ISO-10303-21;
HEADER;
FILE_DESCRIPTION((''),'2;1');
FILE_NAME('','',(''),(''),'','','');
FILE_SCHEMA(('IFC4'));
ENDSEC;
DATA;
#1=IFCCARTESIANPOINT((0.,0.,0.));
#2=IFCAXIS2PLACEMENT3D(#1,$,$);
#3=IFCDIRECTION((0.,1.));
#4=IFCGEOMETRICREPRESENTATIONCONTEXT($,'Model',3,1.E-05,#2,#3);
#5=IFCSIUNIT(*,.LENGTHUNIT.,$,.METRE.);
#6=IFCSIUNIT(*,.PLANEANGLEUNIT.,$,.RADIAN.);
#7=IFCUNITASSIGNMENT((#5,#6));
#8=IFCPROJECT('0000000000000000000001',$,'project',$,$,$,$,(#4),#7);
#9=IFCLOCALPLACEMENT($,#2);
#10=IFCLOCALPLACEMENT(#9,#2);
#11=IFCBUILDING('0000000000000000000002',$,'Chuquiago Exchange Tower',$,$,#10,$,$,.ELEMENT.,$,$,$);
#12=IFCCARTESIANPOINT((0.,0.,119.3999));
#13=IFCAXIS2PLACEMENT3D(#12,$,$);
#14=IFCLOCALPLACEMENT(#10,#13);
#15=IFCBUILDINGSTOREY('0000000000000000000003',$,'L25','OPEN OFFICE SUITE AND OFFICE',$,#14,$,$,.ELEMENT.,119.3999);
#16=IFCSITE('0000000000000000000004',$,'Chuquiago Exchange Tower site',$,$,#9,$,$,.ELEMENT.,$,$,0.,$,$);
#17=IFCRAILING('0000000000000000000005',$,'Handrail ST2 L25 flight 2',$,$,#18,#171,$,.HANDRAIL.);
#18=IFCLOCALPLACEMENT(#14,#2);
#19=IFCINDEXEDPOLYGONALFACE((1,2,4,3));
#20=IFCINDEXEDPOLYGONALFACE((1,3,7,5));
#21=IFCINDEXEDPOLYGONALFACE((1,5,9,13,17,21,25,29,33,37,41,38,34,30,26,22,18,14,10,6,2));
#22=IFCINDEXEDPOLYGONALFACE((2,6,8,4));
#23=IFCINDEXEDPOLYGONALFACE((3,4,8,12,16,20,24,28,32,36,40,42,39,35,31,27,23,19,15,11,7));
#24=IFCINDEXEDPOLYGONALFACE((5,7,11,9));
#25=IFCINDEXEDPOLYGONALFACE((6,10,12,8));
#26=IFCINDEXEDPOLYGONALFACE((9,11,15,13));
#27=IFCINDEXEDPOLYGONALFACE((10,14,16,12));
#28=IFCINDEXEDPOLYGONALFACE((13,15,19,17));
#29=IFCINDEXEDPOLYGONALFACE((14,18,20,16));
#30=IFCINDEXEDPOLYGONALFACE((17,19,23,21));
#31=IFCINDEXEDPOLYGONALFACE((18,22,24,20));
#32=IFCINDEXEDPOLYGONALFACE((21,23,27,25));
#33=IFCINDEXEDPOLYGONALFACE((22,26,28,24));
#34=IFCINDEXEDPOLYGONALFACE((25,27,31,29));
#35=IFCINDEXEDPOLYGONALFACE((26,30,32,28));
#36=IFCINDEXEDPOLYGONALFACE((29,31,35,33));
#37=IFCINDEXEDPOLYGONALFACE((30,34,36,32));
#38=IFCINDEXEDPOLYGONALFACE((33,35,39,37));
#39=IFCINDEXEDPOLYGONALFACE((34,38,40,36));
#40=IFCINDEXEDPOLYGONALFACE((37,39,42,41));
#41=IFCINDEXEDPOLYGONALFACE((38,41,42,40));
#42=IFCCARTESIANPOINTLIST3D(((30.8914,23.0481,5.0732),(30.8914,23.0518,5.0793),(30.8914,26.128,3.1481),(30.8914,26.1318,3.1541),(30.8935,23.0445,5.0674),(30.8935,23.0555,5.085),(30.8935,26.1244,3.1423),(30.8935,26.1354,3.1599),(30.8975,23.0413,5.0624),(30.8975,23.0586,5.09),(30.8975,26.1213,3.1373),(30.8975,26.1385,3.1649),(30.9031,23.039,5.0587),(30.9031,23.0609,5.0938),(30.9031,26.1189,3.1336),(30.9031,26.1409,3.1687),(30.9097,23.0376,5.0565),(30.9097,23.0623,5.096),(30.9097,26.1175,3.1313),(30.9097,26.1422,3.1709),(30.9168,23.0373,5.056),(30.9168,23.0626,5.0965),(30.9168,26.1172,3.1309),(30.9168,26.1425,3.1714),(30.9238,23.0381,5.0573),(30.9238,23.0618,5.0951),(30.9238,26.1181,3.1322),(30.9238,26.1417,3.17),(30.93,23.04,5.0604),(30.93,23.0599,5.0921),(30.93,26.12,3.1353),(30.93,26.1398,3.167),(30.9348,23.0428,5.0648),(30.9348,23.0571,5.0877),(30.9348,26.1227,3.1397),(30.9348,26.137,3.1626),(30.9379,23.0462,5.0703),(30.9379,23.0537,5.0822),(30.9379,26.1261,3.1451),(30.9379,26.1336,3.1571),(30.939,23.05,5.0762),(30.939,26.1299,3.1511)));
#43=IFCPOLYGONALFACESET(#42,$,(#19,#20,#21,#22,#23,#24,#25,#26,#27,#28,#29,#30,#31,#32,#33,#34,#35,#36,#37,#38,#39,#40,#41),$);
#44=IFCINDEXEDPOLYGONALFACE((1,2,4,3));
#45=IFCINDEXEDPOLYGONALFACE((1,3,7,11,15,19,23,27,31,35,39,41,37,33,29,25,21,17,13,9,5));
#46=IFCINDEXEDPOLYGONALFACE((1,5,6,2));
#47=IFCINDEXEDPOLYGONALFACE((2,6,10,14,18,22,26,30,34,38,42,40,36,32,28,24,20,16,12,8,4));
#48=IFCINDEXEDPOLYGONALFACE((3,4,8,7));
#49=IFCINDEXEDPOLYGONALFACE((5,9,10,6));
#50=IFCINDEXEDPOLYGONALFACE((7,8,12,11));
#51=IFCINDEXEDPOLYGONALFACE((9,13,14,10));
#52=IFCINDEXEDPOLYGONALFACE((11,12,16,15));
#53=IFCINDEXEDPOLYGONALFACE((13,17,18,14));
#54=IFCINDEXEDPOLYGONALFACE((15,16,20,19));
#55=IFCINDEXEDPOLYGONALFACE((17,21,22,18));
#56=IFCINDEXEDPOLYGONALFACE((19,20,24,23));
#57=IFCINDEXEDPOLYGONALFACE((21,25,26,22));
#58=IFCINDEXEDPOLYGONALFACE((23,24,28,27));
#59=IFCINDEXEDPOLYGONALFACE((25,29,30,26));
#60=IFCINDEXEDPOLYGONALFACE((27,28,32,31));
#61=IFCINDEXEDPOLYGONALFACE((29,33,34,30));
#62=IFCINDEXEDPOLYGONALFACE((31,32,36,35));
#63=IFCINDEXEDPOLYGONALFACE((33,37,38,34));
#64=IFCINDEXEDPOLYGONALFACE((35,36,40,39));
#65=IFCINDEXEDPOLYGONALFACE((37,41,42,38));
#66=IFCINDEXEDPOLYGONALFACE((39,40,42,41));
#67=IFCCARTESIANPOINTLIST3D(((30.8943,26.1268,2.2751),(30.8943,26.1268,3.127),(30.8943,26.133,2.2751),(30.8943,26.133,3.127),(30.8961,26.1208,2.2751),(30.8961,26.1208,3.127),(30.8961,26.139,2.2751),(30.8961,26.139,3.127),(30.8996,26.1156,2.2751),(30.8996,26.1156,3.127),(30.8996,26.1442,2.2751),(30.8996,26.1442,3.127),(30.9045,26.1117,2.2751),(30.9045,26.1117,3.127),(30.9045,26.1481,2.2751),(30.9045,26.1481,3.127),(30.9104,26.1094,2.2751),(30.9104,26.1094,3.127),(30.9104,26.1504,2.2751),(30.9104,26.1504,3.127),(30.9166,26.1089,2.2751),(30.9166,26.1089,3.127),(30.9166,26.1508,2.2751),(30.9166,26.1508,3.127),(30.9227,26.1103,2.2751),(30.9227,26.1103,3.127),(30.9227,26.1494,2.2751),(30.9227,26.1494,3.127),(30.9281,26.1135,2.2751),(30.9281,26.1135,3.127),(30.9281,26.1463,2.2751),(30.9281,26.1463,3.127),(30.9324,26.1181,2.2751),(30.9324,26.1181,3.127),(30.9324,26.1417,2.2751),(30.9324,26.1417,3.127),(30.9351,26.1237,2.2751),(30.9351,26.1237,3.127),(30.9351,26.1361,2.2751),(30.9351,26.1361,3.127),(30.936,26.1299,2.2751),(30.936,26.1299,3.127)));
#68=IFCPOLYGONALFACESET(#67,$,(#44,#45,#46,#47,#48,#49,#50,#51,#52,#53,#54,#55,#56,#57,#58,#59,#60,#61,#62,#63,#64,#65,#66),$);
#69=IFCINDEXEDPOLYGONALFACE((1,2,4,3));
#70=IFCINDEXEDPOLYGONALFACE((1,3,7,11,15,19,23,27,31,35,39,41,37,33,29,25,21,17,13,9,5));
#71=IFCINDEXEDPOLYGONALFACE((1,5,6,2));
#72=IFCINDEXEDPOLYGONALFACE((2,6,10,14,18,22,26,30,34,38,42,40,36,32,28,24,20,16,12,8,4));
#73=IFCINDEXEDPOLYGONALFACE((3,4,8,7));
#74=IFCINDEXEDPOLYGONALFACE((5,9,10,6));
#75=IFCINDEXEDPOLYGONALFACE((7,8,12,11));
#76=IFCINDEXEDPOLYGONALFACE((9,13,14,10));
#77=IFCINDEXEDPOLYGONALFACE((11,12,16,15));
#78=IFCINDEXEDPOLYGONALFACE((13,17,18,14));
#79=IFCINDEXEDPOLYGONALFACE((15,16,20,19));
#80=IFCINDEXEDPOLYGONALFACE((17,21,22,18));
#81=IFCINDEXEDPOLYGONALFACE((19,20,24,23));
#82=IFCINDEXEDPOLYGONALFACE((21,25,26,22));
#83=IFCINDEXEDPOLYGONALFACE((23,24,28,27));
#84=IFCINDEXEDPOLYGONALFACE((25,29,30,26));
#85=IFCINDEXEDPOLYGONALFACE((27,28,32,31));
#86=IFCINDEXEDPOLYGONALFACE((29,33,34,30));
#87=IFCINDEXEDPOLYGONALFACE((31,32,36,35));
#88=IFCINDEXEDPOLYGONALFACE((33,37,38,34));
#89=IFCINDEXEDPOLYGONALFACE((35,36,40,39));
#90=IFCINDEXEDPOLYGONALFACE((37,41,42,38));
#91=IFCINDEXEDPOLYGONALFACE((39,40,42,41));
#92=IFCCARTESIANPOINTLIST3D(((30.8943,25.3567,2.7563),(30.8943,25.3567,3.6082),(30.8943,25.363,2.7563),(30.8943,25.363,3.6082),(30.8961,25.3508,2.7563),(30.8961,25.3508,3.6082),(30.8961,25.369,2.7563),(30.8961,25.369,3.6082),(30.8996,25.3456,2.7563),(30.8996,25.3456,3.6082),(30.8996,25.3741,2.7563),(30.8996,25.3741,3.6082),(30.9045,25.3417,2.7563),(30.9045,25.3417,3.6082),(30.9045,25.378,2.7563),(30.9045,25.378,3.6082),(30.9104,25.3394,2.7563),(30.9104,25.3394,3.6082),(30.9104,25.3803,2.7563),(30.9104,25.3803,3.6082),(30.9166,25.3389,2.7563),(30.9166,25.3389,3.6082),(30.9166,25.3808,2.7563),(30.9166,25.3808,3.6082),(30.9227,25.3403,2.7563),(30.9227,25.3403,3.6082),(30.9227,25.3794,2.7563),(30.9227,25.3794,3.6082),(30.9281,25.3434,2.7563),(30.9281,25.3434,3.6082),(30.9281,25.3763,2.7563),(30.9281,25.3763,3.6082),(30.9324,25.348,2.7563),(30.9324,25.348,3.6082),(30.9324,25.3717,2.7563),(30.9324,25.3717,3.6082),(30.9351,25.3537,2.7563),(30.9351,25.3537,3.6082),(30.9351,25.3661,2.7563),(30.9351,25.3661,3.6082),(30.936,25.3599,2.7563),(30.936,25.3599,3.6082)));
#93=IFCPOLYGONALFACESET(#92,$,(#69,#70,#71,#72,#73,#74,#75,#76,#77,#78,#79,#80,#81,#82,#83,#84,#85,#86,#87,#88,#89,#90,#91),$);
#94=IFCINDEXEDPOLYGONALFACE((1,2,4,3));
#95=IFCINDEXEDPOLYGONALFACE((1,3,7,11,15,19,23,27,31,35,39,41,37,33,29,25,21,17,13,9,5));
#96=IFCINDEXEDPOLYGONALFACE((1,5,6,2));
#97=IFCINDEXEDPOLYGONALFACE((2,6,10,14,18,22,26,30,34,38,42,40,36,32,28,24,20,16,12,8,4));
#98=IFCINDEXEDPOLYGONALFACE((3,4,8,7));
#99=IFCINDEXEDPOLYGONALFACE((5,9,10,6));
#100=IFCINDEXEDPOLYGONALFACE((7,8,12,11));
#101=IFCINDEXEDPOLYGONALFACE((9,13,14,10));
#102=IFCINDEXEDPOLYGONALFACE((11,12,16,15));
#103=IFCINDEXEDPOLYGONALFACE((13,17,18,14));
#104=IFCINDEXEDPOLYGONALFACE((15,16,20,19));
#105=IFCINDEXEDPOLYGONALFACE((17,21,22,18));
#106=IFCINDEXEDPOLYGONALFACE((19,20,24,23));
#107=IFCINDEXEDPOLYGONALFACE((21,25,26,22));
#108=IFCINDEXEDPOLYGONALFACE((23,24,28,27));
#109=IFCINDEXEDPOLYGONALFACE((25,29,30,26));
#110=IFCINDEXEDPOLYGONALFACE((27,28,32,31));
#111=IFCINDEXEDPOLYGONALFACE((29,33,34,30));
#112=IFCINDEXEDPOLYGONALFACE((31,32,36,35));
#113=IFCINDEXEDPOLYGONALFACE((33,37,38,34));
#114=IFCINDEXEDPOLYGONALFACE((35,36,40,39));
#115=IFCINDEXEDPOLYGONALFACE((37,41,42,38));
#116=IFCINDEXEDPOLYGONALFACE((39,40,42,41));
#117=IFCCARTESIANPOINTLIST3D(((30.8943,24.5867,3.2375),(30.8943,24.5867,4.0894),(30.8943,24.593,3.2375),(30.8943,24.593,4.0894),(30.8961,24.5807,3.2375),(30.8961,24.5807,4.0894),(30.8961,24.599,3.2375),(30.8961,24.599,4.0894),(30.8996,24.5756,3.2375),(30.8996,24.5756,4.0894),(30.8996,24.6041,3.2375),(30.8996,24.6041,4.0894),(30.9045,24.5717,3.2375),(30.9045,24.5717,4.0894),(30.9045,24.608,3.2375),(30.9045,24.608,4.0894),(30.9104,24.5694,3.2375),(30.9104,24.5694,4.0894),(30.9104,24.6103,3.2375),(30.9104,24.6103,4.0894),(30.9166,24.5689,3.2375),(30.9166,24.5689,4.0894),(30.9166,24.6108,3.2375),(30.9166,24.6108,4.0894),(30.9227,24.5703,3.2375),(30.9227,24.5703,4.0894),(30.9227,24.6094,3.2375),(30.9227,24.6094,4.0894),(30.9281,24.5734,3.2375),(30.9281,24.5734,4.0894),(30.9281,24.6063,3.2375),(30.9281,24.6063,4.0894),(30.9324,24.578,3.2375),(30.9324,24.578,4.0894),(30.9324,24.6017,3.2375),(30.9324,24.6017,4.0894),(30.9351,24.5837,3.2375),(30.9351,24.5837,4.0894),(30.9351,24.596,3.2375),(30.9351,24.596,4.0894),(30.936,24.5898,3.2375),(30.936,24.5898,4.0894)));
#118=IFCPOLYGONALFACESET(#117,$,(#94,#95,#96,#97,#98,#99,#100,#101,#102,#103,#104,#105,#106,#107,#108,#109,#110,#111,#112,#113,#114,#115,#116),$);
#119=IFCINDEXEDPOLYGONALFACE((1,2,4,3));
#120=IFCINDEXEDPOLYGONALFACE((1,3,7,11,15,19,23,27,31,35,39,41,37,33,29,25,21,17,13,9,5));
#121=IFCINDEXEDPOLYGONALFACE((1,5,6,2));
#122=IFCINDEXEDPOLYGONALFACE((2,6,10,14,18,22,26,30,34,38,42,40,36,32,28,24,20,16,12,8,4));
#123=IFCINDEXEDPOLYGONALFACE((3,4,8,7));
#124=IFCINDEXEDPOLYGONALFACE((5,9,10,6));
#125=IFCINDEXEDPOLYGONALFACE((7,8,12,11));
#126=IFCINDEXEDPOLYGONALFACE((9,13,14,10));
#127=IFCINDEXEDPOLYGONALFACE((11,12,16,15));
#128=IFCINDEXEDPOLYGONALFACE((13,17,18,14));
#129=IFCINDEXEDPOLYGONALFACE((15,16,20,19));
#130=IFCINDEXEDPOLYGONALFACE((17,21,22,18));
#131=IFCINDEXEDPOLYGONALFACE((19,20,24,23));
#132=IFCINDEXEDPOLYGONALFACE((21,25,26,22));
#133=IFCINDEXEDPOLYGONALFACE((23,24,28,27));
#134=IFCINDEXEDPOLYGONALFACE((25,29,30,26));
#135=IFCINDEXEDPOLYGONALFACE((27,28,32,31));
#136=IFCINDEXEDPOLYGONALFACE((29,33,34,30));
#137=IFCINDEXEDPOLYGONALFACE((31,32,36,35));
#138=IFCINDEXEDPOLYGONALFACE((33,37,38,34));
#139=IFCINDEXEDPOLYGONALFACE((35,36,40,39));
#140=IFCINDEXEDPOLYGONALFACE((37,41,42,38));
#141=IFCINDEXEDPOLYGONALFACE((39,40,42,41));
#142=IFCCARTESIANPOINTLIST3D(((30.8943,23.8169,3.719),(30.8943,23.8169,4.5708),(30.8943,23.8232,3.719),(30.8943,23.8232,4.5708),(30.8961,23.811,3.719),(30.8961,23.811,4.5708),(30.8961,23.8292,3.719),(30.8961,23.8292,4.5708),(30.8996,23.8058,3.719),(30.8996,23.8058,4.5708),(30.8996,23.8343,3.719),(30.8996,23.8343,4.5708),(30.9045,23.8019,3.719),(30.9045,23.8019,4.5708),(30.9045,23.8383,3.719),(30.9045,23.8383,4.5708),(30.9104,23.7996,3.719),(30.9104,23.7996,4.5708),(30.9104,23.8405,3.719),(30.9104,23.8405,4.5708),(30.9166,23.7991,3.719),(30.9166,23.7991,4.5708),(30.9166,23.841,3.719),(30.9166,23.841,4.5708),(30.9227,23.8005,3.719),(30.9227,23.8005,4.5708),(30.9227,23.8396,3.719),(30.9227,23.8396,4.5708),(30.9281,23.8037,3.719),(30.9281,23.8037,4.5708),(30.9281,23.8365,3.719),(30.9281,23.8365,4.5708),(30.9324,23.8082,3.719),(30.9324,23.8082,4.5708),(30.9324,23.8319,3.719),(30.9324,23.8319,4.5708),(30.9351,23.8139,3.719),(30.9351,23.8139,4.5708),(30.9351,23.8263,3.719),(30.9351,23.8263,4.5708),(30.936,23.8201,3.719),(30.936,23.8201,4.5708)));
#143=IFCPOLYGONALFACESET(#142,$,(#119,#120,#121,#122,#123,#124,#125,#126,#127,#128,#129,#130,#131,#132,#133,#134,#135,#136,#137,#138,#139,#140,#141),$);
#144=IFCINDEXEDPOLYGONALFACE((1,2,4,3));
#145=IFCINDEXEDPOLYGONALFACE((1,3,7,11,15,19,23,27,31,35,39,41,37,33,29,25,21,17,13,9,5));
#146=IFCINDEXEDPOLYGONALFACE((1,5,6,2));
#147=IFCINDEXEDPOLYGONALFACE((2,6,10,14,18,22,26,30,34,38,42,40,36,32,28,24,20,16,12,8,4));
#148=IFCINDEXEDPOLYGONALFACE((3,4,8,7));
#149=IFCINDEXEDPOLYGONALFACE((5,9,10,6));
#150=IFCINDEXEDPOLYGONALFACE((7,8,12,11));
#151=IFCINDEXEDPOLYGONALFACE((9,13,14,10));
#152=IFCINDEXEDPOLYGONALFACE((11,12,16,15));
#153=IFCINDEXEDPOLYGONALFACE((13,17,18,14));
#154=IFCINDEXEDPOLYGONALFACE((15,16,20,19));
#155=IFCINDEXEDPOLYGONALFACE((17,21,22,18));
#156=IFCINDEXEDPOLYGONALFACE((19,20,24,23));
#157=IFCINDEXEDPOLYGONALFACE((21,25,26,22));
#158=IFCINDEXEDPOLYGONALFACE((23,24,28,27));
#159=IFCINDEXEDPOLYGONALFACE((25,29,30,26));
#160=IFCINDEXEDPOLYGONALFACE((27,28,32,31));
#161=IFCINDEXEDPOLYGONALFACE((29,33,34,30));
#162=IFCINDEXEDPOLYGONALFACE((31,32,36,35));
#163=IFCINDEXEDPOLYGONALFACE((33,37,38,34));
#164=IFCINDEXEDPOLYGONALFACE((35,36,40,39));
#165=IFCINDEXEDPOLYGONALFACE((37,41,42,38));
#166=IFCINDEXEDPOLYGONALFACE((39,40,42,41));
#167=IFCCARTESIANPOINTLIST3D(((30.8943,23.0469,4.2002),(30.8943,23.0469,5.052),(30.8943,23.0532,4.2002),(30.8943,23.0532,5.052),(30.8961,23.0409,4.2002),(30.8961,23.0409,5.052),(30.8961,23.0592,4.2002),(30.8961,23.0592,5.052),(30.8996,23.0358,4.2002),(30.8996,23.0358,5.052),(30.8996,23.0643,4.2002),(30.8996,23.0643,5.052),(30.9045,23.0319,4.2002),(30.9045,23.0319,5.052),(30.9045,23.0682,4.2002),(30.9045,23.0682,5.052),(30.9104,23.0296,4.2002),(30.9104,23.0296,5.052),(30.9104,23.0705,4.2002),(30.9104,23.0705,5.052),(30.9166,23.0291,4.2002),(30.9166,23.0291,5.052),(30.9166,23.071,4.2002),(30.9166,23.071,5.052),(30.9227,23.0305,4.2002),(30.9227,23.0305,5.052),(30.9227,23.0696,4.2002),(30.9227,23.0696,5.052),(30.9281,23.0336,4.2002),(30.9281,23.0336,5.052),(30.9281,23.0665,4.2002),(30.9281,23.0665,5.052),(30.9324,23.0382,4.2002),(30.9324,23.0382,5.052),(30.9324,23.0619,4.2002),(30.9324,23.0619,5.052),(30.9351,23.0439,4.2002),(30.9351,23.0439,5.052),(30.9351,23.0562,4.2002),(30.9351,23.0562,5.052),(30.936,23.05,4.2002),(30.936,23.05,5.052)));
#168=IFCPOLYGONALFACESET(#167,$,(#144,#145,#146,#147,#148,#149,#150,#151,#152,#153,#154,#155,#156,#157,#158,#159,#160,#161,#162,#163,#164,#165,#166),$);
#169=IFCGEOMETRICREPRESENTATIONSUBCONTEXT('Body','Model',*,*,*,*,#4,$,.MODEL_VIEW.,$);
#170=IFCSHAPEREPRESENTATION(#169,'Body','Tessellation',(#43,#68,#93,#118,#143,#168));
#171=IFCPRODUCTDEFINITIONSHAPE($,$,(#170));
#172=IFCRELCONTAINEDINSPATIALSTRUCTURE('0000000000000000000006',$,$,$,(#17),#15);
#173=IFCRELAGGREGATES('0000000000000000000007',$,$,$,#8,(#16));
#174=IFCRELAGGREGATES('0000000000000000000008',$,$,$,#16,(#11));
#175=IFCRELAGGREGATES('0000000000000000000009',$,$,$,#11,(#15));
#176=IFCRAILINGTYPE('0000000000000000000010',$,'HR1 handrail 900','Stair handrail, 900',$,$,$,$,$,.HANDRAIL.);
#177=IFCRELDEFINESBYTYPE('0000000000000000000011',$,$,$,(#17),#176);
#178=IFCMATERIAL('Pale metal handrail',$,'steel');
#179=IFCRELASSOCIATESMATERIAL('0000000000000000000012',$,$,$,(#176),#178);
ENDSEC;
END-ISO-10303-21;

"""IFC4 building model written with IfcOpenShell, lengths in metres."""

from ifc_helpers import new_model, si_unit, direction, frame, origin, origin_2d, place, context, subcontext, project, spatial, circle, extrude, material, type_object, element, save


model = new_model("IFC4")

# Units and contexts
model_context = context("Model", 3, precision=1e-05, world=origin(), true_north=direction((0.0, 1.0)))
body_context = subcontext(model_context, "Body", "Model", "MODEL_VIEW")
ifc_project = project(units=[si_unit("LENGTHUNIT", "METRE"), si_unit("PLANEANGLEUNIT", "RADIAN")], contexts=[model_context])

# Site, building, storey
site_placement = place(None, origin())
site = spatial("IfcSite", under=ifc_project, at=site_placement, Name="Chuquiago Exchange Tower site", CompositionType="ELEMENT", RefElevation=0.0)
building_placement = place(site_placement, origin())
building = spatial("IfcBuilding", under=site, at=building_placement, Name="Chuquiago Exchange Tower", CompositionType="ELEMENT")
storey_placement = place(building_placement, frame((0.0, 0.0, 119.3999)))
storey = spatial("IfcBuildingStorey", under=building, at=storey_placement, Name="L25", Description="OPEN OFFICE SUITE AND OFFICE", CompositionType="ELEMENT", Elevation=119.3999)

# Railing
ifc_material_1 = material(Name="Pale metal handrail", Category="steel")
railing_type_1 = type_object("IfcRailingType", Name="HR1 handrail 900", Description="Stair handrail, 900", PredefinedType="HANDRAIL", material=ifc_material_1)
railing_1_placement = place(storey_placement, frame((30.915, 26.1299, 2.2751)))
element("IfcRailing", 1, at=railing_1_placement, inside=storey, type_object=railing_type_1, Name="Handrail ST2 L25 flight 2", PredefinedType="HANDRAIL", context=body_context, shape_type="SweptSolid", body=[
    extrude(circle(Radius=0.0239, at=origin_2d()), frame((0.0, 0.0, 0.876), z_axis=(0.0, -0.847979, 0.530029), x_axis=(1.0, 0.0, 0.0)), (0.0, 0.0, 1.0), 3.6321),
    extrude(circle(Radius=0.021, at=origin_2d()), origin(), (0.0, 0.0, 1.0), 0.8518),
    extrude(circle(Radius=0.021, at=origin_2d()), frame((0.0, -0.77, 0.4812)), (0.0, 0.0, 1.0), 0.8518),
    extrude(circle(Radius=0.021, at=origin_2d()), frame((0.0, -1.54, 0.9624)), (0.0, 0.0, 1.0), 0.8518),
    extrude(circle(Radius=0.021, at=origin_2d()), frame((0.0, -2.3098, 1.4438)), (0.0, 0.0, 1.0), 0.8518),
    extrude(circle(Radius=0.021, at=origin_2d()), frame((0.0, -3.0798, 1.925)), (0.0, 0.0, 1.0), 0.8518),
])

save(model, "model.ifc")
